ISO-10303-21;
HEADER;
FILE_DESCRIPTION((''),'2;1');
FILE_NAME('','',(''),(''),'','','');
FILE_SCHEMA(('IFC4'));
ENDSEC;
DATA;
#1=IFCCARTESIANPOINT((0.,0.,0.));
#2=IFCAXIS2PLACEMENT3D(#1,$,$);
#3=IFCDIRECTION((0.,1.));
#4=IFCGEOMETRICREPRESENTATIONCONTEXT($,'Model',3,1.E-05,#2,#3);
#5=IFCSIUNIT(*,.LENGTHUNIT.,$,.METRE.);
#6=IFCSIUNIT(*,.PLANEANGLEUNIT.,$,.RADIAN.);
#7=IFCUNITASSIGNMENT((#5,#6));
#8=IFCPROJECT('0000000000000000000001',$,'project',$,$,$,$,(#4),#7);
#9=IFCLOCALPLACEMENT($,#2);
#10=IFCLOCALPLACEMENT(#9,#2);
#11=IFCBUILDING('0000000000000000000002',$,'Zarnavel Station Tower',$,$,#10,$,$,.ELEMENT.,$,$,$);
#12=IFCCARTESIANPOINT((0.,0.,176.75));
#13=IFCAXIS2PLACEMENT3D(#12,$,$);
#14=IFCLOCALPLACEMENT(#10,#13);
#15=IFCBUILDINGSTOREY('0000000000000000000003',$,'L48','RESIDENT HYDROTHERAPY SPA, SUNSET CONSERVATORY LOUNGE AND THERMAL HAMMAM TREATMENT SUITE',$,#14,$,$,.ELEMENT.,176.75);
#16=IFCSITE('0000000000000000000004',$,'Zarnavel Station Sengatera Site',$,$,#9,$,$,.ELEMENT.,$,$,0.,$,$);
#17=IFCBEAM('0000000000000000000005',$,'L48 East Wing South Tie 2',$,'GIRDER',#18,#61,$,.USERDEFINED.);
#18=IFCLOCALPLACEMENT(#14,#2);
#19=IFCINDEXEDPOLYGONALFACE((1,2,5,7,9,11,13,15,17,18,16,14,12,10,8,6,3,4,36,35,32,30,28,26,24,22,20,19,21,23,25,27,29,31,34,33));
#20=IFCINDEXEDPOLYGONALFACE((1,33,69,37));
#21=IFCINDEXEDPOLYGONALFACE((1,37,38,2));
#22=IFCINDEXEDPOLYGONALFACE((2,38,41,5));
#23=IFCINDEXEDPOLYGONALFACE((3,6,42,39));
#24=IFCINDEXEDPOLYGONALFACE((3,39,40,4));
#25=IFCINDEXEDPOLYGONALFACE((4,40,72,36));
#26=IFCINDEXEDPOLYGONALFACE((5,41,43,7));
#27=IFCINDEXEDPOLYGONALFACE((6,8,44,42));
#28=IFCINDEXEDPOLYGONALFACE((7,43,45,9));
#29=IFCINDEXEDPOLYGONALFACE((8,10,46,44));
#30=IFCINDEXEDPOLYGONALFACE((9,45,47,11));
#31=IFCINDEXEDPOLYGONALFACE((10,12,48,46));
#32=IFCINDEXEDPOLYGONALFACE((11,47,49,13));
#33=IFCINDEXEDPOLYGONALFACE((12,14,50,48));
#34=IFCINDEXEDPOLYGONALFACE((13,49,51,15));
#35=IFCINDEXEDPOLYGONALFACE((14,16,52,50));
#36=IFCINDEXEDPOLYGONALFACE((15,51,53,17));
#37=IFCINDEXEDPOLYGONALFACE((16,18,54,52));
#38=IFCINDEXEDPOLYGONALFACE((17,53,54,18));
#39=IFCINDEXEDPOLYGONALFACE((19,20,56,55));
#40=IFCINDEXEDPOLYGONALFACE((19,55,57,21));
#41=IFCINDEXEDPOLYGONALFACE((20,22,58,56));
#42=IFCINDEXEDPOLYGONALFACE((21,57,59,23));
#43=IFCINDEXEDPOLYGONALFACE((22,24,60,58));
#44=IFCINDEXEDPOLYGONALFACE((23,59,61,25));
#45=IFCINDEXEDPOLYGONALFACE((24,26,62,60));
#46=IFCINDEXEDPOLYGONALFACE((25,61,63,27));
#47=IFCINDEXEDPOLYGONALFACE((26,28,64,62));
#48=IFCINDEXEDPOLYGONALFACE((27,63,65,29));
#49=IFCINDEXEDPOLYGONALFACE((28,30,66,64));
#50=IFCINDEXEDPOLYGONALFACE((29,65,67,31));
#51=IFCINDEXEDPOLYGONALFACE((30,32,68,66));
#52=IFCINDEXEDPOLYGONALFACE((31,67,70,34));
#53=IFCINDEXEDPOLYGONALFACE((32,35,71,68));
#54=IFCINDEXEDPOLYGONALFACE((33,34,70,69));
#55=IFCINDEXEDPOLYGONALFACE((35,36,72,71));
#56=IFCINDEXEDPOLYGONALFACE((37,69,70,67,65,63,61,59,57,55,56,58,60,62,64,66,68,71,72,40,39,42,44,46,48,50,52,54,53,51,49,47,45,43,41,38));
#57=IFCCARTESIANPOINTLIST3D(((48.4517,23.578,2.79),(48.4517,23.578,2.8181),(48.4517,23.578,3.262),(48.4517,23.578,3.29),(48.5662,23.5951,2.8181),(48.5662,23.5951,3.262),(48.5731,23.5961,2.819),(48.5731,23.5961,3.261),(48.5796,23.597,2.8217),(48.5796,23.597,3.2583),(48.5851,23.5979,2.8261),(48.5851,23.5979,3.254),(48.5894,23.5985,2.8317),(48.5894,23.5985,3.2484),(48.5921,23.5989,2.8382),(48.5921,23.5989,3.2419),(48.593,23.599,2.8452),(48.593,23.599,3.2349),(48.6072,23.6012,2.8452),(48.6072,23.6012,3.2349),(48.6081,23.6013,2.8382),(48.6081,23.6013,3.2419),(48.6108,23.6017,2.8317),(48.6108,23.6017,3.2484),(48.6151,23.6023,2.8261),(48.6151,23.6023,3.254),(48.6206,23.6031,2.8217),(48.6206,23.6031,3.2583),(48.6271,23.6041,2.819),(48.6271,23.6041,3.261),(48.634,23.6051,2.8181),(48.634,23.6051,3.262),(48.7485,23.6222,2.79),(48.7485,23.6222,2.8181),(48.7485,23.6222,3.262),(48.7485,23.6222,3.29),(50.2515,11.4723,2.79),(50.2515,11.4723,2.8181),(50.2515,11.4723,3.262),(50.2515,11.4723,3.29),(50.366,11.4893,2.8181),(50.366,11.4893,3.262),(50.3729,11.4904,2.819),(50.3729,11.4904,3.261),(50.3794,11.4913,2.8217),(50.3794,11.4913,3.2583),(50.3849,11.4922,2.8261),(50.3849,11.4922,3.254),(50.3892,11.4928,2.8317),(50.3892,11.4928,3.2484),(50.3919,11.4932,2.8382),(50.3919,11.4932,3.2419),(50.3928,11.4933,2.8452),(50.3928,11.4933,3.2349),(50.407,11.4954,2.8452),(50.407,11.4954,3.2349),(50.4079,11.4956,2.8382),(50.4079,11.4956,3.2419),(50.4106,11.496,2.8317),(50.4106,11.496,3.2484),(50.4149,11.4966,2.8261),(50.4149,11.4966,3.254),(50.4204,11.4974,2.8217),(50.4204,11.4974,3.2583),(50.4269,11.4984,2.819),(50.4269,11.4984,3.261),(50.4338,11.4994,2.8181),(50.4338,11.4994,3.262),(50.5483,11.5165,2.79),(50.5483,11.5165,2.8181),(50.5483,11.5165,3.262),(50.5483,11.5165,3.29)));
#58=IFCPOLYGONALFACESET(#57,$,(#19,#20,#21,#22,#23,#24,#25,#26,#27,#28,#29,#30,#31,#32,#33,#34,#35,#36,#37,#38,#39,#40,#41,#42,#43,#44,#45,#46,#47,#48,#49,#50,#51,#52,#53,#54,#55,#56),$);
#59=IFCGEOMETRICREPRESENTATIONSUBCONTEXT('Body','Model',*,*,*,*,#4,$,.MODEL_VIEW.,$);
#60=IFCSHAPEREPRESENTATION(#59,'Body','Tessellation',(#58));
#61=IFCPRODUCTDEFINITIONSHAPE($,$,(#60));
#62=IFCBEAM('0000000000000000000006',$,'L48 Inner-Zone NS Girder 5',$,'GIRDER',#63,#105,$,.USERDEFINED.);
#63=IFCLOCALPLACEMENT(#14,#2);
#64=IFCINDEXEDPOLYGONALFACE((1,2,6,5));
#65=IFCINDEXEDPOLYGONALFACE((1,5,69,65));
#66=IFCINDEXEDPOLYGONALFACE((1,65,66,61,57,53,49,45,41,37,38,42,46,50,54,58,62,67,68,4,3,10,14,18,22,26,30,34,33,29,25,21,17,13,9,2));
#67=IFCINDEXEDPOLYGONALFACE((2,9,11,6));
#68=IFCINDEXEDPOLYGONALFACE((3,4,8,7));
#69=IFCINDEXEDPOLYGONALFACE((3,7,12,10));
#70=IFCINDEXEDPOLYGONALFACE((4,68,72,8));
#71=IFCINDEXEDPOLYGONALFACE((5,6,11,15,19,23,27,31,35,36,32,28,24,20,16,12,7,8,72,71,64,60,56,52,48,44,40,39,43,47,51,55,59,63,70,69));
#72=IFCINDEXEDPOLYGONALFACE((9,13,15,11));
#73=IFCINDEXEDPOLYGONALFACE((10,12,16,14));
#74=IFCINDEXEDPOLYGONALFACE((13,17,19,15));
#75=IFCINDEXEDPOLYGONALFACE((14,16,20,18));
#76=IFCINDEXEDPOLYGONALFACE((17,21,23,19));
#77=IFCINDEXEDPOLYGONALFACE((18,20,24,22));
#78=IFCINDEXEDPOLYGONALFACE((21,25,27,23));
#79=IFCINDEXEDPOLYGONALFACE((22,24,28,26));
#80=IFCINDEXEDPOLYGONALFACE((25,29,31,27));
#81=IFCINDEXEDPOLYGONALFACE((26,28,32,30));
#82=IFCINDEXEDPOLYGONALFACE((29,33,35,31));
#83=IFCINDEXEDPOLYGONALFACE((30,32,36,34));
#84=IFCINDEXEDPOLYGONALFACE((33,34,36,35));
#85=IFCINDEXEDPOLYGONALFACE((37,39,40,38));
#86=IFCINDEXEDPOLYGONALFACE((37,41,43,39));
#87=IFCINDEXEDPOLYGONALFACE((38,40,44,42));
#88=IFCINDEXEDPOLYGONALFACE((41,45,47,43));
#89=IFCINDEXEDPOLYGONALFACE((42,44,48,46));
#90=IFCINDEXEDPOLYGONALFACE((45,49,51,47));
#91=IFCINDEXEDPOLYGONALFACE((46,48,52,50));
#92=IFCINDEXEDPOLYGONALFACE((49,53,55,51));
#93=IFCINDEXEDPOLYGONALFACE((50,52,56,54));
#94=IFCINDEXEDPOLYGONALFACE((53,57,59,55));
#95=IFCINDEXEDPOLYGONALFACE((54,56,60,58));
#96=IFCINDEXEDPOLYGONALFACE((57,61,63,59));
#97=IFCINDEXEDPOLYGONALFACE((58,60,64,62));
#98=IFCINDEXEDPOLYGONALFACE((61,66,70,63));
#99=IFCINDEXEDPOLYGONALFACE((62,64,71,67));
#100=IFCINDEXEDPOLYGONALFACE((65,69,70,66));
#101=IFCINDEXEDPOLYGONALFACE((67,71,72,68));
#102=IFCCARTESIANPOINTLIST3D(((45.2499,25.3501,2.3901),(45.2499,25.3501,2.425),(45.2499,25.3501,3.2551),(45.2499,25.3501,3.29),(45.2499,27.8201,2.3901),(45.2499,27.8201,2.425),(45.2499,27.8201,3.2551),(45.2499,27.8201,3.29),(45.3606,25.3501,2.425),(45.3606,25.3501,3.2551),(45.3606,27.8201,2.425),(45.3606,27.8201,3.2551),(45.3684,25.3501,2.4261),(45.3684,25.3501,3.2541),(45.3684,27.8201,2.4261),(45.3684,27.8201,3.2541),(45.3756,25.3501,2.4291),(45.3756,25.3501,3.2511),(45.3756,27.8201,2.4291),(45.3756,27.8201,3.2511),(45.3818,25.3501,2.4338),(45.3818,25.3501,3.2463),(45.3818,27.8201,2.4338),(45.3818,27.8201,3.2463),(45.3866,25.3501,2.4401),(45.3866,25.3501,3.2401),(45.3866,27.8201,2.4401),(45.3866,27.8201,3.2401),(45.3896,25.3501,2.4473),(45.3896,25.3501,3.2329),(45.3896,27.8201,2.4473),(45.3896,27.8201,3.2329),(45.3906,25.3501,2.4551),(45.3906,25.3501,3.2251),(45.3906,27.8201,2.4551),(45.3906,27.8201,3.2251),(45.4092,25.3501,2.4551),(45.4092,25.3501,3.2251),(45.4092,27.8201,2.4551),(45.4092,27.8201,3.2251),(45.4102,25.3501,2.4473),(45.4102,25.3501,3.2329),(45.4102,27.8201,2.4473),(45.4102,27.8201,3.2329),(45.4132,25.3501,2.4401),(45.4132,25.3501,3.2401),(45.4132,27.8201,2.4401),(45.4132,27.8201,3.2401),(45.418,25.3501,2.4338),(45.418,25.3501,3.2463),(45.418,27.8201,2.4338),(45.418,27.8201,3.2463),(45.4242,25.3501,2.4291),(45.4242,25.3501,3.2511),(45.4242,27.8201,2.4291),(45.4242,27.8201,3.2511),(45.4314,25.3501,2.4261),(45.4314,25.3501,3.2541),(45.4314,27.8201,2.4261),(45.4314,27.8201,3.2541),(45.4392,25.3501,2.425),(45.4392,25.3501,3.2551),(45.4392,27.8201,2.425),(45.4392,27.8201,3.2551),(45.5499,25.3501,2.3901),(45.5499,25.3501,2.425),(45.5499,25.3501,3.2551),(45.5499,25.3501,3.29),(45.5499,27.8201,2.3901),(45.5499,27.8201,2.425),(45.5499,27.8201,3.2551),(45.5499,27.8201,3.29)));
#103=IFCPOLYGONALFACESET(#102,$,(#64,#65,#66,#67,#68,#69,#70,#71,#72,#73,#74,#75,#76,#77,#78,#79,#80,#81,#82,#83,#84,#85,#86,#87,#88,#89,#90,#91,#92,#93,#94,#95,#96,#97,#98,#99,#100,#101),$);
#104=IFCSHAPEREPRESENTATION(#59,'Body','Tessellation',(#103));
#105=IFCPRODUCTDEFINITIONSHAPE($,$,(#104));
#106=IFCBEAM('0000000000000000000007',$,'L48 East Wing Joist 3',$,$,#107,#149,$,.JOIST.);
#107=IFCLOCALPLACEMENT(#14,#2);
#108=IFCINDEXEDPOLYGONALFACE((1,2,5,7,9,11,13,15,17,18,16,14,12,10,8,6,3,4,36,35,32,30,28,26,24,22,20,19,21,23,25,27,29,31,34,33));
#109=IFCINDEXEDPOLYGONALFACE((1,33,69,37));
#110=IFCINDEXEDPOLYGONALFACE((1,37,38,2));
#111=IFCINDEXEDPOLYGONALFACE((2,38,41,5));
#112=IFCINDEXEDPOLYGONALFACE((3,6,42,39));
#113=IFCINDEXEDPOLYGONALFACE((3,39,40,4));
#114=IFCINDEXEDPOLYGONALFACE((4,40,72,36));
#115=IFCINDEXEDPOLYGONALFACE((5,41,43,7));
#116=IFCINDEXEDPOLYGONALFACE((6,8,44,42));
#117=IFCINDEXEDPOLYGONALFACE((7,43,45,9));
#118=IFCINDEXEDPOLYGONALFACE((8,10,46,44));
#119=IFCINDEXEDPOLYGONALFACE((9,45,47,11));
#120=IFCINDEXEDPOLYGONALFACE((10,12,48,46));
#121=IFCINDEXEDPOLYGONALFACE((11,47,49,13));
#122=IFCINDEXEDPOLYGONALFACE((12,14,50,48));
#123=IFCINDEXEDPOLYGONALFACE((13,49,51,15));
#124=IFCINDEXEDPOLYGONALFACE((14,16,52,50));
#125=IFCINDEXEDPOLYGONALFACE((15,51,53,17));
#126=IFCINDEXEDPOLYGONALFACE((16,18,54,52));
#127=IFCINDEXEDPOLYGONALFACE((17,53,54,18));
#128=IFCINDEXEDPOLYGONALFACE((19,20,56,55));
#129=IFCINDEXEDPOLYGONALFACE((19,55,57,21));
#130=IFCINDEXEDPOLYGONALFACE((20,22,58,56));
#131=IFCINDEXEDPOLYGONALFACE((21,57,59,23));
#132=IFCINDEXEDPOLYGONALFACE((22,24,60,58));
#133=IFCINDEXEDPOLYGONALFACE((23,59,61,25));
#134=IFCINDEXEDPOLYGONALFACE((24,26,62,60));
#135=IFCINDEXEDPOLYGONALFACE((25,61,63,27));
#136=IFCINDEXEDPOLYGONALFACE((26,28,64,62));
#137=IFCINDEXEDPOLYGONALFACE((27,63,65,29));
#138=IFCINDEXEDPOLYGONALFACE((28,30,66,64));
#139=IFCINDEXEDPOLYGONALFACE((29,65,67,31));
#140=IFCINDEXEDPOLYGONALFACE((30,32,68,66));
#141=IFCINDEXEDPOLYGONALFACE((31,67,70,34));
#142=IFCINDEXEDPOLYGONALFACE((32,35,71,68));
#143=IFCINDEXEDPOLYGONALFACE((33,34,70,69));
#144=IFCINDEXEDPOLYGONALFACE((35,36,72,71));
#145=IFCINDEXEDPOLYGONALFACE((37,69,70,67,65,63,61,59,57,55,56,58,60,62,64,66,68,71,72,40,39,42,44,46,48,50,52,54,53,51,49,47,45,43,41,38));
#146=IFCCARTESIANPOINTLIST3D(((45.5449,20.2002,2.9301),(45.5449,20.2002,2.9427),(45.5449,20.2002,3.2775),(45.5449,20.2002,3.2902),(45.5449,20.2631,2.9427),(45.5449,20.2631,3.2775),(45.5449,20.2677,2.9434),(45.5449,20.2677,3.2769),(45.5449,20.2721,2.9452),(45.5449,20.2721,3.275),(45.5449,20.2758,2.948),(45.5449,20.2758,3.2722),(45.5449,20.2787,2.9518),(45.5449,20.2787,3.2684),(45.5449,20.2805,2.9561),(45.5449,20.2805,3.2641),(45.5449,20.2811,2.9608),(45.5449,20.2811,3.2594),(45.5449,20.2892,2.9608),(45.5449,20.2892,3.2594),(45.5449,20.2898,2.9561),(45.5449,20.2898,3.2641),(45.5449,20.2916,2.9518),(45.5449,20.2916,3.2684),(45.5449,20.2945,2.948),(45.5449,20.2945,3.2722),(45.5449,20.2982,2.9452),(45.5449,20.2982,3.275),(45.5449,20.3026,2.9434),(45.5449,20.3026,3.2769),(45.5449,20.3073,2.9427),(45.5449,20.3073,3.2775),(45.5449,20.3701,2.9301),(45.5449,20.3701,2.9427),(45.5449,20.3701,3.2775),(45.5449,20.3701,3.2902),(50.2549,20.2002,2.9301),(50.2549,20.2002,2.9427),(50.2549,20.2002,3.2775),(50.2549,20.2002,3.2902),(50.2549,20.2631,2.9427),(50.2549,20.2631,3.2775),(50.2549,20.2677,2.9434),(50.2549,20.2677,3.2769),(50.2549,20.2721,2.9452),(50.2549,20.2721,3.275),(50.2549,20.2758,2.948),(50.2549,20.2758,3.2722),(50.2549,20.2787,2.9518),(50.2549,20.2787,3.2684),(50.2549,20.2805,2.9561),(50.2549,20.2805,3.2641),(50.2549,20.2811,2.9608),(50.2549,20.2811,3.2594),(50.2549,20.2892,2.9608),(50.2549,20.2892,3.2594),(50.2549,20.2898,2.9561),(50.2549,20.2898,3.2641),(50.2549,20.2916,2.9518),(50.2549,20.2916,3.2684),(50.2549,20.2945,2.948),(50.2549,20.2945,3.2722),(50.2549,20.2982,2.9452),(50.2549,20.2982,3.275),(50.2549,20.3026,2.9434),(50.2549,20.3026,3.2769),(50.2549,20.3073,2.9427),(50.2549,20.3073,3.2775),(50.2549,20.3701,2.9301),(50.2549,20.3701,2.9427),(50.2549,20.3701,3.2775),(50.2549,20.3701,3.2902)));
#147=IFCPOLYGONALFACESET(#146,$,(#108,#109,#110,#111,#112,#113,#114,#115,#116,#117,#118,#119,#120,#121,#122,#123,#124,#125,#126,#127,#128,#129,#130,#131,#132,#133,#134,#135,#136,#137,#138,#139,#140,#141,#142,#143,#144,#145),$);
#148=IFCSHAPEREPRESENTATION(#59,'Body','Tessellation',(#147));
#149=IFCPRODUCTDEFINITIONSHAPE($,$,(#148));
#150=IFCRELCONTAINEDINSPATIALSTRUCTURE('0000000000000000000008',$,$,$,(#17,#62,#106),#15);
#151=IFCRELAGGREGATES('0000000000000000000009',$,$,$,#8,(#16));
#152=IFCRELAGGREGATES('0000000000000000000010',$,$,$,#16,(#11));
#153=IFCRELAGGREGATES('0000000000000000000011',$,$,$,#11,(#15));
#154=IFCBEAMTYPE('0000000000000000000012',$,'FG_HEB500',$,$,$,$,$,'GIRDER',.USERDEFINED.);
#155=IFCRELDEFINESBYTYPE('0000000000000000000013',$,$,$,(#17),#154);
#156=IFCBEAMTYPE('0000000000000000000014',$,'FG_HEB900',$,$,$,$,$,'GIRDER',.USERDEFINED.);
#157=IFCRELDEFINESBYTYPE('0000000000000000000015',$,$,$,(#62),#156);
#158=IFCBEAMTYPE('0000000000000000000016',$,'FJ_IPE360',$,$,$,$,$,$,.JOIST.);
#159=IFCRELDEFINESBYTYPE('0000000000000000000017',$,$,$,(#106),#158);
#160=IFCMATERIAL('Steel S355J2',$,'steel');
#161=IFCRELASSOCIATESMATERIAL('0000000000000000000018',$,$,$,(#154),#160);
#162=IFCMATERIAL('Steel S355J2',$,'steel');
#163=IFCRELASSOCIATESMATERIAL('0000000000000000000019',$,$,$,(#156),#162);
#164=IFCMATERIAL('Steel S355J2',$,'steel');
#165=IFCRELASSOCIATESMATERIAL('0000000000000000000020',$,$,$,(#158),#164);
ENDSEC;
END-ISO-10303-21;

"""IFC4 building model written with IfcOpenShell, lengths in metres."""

from ifc_helpers import new_model, si_unit, direction, frame, origin, origin_2d, place, context, subcontext, project, spatial, i_section, extrude, material, material_profile, profile_set, type_object, element, save


model = new_model("IFC4")

# Units and contexts
model_context = context("Model", 3, precision=1e-05, world=origin(), true_north=direction((0.0, 1.0)))
body_context = subcontext(model_context, "Body", "Model", "MODEL_VIEW")
ifc_project = project(units=[si_unit("LENGTHUNIT", "METRE"), si_unit("PLANEANGLEUNIT", "RADIAN")], contexts=[model_context])

# Site, building, storey
site_placement = place(None, origin())
site = spatial("IfcSite", under=ifc_project, at=site_placement, Name="Zarnavel Station Sengatera Site", CompositionType="ELEMENT", RefElevation=0.0)
building_placement = place(site_placement, origin())
building = spatial("IfcBuilding", under=site, at=building_placement, Name="Zarnavel Station Tower", CompositionType="ELEMENT")
storey_placement = place(building_placement, frame((0.0, 0.0, 176.75)))
storey = spatial("IfcBuildingStorey", under=building, at=storey_placement, Name="L48", Description="RESIDENT HYDROTHERAPY SPA, SUNSET CONSERVATORY LOUNGE AND THERMAL HAMMAM TREATMENT SUITE", CompositionType="ELEMENT", Elevation=176.75)

# Beams
ifc_material_1 = material(Name="Steel S355J2", Category="steel")
ifc_material_profile_1 = material_profile(ifc_material_1, i_section(OverallWidth=0.3, OverallDepth=0.5, WebThickness=0.0144, FlangeThickness=0.0281, FilletRadius=0.0271, at=origin_2d()), Name="HEB500")
ifc_profile_set_1 = profile_set([ifc_material_profile_1], Name="Steel S355J2")
beam_type_1 = type_object("IfcBeamType", Name="FG_HEB500", ElementType="GIRDER", PredefinedType="USERDEFINED", material=ifc_profile_set_1)
beam_1_placement = place(storey_placement, frame((48.6001, 23.6001, 3.04), z_axis=(0.147058, -0.989128, 0.0), x_axis=(0.989128, 0.147058, 0.0)))
element("IfcBeam", 1, at=beam_1_placement, inside=storey, type_object=beam_type_1, Name="L48 East Wing South Tie 2", ObjectType="GIRDER", PredefinedType="USERDEFINED", context=body_context, shape_type="SweptSolid", body=[
    extrude(i_section(OverallWidth=0.3, OverallDepth=0.5, WebThickness=0.0144, FlangeThickness=0.0281, FilletRadius=0.0271, at=origin_2d()), origin(), (0.0, 0.0, 1.0), 12.2388),
])
ifc_material_2 = material(Name="Steel S355J2", Category="steel")
ifc_material_profile_2 = material_profile(ifc_material_2, i_section(OverallWidth=0.3, OverallDepth=0.8999, WebThickness=0.0186, FlangeThickness=0.0349, FilletRadius=0.03, at=origin_2d()), Name="HEB900")
ifc_profile_set_2 = profile_set([ifc_material_profile_2], Name="Steel S355J2")
beam_type_2 = type_object("IfcBeamType", Name="FG_HEB900", ElementType="GIRDER", PredefinedType="USERDEFINED", material=ifc_profile_set_2)
beam_2_placement = place(storey_placement, frame((45.3999, 25.3501, 2.8401), z_axis=(0.0, 1.0, 0.0), x_axis=(-1.0, 0.0, 0.0)))
element("IfcBeam", 2, at=beam_2_placement, inside=storey, type_object=beam_type_2, Name="L48 Inner-Zone NS Girder 5", ObjectType="GIRDER", PredefinedType="USERDEFINED", context=body_context, shape_type="SweptSolid", body=[
    extrude(i_section(OverallWidth=0.3, OverallDepth=0.8999, WebThickness=0.0186, FlangeThickness=0.0349, FilletRadius=0.03, at=origin_2d()), origin(), (0.0, 0.0, 1.0), 2.47),
])
ifc_material_3 = material(Name="Steel S355J2", Category="steel")
ifc_material_profile_3 = material_profile(ifc_material_3, i_section(OverallWidth=0.1699, OverallDepth=0.3601, WebThickness=0.0081, FlangeThickness=0.0127, FilletRadius=0.0181, at=origin_2d()), Name="IPE360")
ifc_profile_set_3 = profile_set([ifc_material_profile_3], Name="Steel S355J2")
beam_type_3 = type_object("IfcBeamType", Name="FJ_IPE360", PredefinedType="JOIST", material=ifc_profile_set_3)
beam_3_placement = place(storey_placement, frame((45.5449, 20.2852, 3.1101), z_axis=(1.0, 0.0, 0.0), x_axis=(0.0, 1.0, 0.0)))
element("IfcBeam", 3, at=beam_3_placement, inside=storey, type_object=beam_type_3, Name="L48 East Wing Joist 3", PredefinedType="JOIST", context=body_context, shape_type="SweptSolid", body=[
    extrude(i_section(OverallWidth=0.1699, OverallDepth=0.3601, WebThickness=0.0081, FlangeThickness=0.0127, FilletRadius=0.0181, at=origin_2d()), origin(), (0.0, 0.0, 1.0), 4.71),
])

save(model, "model.ifc")
